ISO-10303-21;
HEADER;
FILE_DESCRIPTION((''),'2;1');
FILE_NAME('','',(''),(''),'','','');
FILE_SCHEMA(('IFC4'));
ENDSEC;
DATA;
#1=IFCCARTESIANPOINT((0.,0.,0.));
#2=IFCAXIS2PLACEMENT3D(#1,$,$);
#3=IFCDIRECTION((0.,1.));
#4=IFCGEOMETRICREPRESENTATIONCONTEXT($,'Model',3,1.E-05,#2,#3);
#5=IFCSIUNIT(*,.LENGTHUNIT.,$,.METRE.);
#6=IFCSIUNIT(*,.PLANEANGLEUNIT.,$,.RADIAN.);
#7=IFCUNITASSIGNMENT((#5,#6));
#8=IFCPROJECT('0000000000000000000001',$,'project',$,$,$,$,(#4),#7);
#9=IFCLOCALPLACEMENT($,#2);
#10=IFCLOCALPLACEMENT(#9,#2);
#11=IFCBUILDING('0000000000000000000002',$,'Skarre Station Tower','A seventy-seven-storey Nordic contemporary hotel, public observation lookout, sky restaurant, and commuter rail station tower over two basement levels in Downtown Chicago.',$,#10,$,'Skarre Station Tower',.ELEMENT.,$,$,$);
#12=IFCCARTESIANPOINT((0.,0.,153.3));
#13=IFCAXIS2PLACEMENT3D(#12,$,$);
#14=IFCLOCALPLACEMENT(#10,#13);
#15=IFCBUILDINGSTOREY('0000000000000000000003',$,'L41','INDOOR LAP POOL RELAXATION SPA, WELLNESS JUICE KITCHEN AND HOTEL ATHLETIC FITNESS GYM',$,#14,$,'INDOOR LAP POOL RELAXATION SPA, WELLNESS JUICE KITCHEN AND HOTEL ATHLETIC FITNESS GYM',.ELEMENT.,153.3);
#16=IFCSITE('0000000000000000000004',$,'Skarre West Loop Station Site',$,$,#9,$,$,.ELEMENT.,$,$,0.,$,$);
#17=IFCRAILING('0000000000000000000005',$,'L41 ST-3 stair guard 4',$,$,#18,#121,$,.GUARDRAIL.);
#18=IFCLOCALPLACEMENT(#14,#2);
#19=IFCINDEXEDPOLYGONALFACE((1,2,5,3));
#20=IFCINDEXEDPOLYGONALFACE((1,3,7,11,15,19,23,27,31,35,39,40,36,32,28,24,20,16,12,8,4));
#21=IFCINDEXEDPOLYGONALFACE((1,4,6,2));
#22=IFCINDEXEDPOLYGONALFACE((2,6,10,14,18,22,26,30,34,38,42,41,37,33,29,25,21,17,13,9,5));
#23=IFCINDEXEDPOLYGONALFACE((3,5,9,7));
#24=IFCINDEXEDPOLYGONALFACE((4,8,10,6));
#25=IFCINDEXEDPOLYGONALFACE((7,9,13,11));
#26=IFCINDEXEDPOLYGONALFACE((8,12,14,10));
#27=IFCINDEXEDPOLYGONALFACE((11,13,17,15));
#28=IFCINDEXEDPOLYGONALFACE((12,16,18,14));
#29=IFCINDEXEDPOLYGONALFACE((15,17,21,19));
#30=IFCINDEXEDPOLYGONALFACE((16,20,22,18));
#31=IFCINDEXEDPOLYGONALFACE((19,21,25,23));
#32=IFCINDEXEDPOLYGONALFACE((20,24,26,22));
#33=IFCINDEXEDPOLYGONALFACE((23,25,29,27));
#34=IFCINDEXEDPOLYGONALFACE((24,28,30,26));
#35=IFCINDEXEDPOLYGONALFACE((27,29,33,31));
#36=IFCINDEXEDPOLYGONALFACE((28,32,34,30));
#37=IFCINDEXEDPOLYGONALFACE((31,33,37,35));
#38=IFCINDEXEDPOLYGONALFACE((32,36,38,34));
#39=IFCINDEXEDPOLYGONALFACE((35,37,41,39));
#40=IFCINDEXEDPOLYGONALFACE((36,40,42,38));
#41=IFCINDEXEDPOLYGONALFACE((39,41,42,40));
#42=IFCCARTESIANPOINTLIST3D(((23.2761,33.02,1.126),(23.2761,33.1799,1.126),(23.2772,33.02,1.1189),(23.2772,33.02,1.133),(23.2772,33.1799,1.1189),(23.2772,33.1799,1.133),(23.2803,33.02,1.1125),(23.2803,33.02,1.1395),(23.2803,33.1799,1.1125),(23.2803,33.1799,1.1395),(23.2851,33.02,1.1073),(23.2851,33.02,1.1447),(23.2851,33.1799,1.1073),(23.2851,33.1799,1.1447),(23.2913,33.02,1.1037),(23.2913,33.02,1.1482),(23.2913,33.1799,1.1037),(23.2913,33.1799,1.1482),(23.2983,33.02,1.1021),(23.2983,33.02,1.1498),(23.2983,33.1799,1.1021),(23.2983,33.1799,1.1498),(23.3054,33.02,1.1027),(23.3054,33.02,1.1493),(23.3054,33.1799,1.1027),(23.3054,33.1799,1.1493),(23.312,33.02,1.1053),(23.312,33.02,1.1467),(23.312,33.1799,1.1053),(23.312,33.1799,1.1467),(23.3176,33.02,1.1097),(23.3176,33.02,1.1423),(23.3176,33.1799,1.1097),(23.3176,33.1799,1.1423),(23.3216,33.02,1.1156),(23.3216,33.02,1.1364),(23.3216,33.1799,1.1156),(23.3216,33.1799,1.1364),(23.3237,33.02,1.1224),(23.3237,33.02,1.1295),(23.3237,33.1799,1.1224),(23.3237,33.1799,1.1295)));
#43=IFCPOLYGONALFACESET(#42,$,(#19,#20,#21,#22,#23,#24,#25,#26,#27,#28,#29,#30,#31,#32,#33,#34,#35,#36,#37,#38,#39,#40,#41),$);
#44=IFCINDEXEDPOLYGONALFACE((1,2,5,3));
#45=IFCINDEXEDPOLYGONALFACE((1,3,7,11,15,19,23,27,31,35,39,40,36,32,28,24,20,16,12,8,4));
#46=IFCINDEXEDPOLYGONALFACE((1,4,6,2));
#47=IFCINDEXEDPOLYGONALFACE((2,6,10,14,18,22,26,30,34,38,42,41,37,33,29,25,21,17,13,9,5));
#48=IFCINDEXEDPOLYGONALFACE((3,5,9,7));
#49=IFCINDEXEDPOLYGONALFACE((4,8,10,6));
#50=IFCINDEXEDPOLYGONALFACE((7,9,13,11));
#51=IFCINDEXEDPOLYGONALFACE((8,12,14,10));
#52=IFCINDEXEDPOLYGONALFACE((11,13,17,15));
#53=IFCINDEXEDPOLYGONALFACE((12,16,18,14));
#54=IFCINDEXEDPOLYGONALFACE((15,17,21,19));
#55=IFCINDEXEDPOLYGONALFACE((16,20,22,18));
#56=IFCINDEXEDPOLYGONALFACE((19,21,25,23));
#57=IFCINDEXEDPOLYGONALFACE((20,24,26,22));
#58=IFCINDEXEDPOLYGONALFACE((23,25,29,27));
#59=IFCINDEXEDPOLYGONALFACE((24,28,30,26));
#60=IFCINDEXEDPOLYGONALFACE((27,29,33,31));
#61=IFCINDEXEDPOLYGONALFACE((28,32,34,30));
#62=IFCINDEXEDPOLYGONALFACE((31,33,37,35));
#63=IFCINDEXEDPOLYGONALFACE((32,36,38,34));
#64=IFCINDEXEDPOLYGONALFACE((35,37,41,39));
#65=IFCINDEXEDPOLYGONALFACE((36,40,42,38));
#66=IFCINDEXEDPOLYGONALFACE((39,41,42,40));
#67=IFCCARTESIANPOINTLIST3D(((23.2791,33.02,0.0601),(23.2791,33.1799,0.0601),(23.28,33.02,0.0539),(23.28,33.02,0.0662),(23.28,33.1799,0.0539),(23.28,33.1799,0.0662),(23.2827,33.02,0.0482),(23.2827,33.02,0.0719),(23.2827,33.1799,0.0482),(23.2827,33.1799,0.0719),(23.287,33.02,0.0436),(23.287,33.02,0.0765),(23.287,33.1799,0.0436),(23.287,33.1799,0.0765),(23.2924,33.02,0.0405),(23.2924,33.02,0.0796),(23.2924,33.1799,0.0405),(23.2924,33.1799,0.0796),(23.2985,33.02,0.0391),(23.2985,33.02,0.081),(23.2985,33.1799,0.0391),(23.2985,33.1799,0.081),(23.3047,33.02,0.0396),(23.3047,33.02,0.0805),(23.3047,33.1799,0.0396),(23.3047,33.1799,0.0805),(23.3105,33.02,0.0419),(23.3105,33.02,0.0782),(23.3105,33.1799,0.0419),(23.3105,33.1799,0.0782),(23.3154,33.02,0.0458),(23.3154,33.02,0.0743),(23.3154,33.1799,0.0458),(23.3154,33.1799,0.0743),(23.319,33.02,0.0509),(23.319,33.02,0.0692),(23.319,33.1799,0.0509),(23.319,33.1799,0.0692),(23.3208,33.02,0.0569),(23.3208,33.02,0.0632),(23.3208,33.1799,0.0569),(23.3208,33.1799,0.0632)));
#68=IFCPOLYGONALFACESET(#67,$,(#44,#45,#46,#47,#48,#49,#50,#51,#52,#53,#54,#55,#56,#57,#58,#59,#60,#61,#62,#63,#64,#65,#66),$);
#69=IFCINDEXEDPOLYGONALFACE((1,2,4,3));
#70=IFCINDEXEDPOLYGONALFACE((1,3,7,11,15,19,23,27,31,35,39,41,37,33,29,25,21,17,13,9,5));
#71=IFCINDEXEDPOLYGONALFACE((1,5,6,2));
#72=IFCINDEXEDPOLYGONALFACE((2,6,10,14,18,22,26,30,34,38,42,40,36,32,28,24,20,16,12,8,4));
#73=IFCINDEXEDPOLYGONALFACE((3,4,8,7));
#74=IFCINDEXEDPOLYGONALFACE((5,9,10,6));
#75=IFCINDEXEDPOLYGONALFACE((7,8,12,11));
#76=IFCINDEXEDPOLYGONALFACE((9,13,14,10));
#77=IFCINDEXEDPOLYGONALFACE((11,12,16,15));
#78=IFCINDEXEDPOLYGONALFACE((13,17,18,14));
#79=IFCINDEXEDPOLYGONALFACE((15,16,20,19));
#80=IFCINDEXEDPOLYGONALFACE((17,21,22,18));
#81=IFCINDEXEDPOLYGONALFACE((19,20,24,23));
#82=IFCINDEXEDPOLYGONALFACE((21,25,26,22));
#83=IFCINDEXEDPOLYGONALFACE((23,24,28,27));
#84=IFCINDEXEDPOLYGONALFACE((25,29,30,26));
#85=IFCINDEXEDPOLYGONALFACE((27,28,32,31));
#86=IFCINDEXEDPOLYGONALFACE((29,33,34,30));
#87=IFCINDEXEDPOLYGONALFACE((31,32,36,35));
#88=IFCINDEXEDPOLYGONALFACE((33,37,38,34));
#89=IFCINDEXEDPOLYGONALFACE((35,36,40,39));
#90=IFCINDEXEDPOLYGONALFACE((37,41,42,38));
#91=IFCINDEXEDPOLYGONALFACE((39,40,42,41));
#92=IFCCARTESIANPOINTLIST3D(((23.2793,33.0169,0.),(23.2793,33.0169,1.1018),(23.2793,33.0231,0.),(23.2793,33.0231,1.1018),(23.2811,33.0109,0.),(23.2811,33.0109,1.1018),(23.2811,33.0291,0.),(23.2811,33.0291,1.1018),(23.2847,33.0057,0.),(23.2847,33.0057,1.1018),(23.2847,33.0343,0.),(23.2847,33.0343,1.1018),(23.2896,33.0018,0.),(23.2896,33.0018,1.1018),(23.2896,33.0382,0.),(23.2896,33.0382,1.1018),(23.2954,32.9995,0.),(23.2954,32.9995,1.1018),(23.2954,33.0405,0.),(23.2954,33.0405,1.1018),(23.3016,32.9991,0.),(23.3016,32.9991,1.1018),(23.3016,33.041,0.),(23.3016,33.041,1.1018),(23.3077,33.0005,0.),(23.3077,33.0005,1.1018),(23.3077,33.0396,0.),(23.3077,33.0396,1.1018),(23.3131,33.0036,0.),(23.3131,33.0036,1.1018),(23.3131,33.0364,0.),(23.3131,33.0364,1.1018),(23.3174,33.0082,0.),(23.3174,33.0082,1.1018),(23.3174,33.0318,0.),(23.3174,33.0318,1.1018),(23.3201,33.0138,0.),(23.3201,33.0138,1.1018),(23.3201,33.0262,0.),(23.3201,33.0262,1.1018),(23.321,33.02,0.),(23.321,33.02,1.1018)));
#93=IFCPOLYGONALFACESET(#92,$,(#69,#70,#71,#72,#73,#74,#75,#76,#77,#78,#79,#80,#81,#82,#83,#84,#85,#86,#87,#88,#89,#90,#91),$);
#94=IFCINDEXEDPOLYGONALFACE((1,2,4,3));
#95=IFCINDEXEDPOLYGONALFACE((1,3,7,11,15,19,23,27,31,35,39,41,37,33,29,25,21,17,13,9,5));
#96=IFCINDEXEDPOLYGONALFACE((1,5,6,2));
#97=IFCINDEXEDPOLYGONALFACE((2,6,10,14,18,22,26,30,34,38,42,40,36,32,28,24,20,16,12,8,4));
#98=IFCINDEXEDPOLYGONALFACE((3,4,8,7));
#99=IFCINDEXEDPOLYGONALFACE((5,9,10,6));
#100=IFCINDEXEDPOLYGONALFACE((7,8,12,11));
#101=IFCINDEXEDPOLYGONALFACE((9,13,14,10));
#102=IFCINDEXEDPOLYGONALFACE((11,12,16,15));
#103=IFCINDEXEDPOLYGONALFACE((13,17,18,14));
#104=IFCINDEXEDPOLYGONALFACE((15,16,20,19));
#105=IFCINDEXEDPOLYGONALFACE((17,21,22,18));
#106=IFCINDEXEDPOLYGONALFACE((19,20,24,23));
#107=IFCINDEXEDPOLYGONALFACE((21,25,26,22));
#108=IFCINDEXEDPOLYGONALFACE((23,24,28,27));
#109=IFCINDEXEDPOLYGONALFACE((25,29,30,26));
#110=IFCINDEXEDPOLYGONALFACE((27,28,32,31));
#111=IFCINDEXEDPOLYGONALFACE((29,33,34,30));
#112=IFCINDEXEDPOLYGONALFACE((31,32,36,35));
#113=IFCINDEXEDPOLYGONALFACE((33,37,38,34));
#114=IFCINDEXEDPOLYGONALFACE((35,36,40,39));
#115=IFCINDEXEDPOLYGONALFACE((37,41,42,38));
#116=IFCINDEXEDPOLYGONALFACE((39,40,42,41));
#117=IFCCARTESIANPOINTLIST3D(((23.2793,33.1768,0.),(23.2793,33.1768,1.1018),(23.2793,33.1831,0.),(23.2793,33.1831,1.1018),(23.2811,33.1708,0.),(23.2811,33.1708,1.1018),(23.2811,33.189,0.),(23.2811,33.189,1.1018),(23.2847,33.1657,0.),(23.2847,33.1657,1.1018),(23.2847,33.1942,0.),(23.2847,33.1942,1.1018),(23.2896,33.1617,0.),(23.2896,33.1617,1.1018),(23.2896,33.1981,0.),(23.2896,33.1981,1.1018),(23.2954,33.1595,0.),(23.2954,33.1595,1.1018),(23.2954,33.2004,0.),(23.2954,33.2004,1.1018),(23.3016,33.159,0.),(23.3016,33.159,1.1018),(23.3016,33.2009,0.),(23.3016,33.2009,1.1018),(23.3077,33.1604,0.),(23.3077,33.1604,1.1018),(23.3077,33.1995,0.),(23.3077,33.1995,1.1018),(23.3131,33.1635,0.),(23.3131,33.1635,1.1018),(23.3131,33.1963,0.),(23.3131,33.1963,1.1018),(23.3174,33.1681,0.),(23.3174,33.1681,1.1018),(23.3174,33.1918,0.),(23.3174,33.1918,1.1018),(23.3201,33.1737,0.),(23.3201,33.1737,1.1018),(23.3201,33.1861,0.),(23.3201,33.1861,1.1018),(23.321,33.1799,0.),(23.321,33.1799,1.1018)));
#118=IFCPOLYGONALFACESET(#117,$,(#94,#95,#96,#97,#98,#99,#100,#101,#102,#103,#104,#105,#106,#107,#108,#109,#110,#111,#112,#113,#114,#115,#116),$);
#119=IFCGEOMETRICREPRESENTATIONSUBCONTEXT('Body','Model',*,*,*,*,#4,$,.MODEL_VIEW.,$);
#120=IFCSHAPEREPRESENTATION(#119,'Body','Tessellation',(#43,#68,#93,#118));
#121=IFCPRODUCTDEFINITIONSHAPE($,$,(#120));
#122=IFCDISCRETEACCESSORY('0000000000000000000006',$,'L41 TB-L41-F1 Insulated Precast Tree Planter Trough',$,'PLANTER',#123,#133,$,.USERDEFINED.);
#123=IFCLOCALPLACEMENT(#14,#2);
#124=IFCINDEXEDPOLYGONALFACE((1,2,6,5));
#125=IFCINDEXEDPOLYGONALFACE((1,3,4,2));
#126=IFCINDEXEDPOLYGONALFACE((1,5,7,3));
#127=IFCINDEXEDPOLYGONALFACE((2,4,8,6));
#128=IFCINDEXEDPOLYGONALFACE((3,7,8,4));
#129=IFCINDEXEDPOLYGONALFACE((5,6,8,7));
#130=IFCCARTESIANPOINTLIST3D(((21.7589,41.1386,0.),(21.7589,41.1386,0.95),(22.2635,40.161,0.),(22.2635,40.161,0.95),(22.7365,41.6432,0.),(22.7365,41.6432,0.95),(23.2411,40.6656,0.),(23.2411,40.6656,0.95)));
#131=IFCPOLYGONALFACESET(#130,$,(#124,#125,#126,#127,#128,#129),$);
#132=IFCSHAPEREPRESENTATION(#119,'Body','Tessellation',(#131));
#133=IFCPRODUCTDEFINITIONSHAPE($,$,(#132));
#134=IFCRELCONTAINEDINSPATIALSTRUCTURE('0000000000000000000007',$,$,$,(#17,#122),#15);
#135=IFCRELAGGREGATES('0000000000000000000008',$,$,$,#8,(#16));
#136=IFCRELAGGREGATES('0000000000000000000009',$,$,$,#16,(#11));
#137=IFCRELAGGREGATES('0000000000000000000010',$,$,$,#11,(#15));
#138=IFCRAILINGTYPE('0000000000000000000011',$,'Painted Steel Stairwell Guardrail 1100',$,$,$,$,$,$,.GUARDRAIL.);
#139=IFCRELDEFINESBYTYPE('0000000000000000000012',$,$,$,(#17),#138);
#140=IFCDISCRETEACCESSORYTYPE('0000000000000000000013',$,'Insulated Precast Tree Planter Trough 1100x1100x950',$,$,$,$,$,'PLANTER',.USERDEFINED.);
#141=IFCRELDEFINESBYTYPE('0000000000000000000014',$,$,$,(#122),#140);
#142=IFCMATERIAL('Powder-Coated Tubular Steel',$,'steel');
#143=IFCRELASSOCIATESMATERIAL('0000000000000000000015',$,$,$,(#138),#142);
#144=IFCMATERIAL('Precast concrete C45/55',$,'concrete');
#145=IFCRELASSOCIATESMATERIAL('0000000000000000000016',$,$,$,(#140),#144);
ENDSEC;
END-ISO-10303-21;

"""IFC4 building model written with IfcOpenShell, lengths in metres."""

from ifc_helpers import new_model, si_unit, direction, frame, origin, origin_2d, place, context, subcontext, project, spatial, rectangle, circle, extrude, material, type_object, element, save


model = new_model("IFC4")

# Units and contexts
model_context = context("Model", 3, precision=1e-05, world=origin(), true_north=direction((0.0, 1.0)))
body_context = subcontext(model_context, "Body", "Model", "MODEL_VIEW")
ifc_project = project(units=[si_unit("LENGTHUNIT", "METRE"), si_unit("PLANEANGLEUNIT", "RADIAN")], contexts=[model_context])

# Site, building, storey
site_placement = place(None, origin())
site = spatial("IfcSite", under=ifc_project, at=site_placement, Name="Skarre West Loop Station Site", CompositionType="ELEMENT", RefElevation=0.0)
building_placement = place(site_placement, origin())
building = spatial("IfcBuilding", under=site, at=building_placement, Name="Skarre Station Tower", Description="A seventy-seven-storey Nordic contemporary hotel, public observation lookout, sky restaurant, and commuter rail station tower over two basement levels in Downtown Chicago.", LongName="Skarre Station Tower", CompositionType="ELEMENT")
storey_placement = place(building_placement, frame((0.0, 0.0, 153.3)))
storey = spatial("IfcBuildingStorey", under=building, at=storey_placement, Name="L41", Description="INDOOR LAP POOL RELAXATION SPA, WELLNESS JUICE KITCHEN AND HOTEL ATHLETIC FITNESS GYM", LongName="INDOOR LAP POOL RELAXATION SPA, WELLNESS JUICE KITCHEN AND HOTEL ATHLETIC FITNESS GYM", CompositionType="ELEMENT", Elevation=153.3)

# Shared definitions
ifc_material_1 = material(Name="Precast concrete C45/55", Category="concrete")

# Railing
ifc_material_2 = material(Name="Powder-Coated Tubular Steel", Category="steel")
railing_type_1 = type_object("IfcRailingType", Name="Painted Steel Stairwell Guardrail 1100", PredefinedType="GUARDRAIL", material=ifc_material_2)
railing_1_placement = place(storey_placement, frame((23.3, 33.02, 0.0)))
element("IfcRailing", 1, at=railing_1_placement, inside=storey, type_object=railing_type_1, Name="L41 ST-3 stair guard 4", PredefinedType="GUARDRAIL", context=body_context, shape_type="SweptSolid", body=[
    extrude(circle(Radius=0.0239, at=origin_2d()), frame((0.0, 0.0, 1.126), z_axis=(0.0, 1.0, 0.0), x_axis=(-1.0, 0.0, 0.0)), (0.0, 0.0, 1.0), 0.1599),
    extrude(circle(Radius=0.021, at=origin_2d()), frame((0.0, 0.0, 0.0601), z_axis=(0.0, 1.0, 0.0), x_axis=(-1.0, 0.0, 0.0)), (0.0, 0.0, 1.0), 0.1599),
    extrude(circle(Radius=0.021, at=origin_2d()), origin(), (0.0, 0.0, 1.0), 1.1018),
    extrude(circle(Radius=0.021, at=origin_2d()), frame((0.0, 0.1599, 0.0)), (0.0, 0.0, 1.0), 1.1018),
])

# Discrete accessory
discrete_accessory_type = type_object("IfcDiscreteAccessoryType", Name="Insulated Precast Tree Planter Trough 1100x1100x950", ElementType="PLANTER", PredefinedType="USERDEFINED", material=ifc_material_1)
discrete_accessory_placement = place(storey_placement, frame((22.5, 40.9021, 0.0), z_axis=(0.0, 0.0, 1.0), x_axis=(-0.45865, 0.888617, 0.0)))
element("IfcDiscreteAccessory", 2, at=discrete_accessory_placement, inside=storey, type_object=discrete_accessory_type, Name="L41 TB-L41-F1 Insulated Precast Tree Planter Trough", ObjectType="PLANTER", PredefinedType="USERDEFINED", context=body_context, shape_type="SweptSolid", body=[
    extrude(rectangle(XDim=1.1001, YDim=1.1001, at=origin_2d()), origin(), (0.0, 0.0, 1.0), 0.95),
])

save(model, "model.ifc")
